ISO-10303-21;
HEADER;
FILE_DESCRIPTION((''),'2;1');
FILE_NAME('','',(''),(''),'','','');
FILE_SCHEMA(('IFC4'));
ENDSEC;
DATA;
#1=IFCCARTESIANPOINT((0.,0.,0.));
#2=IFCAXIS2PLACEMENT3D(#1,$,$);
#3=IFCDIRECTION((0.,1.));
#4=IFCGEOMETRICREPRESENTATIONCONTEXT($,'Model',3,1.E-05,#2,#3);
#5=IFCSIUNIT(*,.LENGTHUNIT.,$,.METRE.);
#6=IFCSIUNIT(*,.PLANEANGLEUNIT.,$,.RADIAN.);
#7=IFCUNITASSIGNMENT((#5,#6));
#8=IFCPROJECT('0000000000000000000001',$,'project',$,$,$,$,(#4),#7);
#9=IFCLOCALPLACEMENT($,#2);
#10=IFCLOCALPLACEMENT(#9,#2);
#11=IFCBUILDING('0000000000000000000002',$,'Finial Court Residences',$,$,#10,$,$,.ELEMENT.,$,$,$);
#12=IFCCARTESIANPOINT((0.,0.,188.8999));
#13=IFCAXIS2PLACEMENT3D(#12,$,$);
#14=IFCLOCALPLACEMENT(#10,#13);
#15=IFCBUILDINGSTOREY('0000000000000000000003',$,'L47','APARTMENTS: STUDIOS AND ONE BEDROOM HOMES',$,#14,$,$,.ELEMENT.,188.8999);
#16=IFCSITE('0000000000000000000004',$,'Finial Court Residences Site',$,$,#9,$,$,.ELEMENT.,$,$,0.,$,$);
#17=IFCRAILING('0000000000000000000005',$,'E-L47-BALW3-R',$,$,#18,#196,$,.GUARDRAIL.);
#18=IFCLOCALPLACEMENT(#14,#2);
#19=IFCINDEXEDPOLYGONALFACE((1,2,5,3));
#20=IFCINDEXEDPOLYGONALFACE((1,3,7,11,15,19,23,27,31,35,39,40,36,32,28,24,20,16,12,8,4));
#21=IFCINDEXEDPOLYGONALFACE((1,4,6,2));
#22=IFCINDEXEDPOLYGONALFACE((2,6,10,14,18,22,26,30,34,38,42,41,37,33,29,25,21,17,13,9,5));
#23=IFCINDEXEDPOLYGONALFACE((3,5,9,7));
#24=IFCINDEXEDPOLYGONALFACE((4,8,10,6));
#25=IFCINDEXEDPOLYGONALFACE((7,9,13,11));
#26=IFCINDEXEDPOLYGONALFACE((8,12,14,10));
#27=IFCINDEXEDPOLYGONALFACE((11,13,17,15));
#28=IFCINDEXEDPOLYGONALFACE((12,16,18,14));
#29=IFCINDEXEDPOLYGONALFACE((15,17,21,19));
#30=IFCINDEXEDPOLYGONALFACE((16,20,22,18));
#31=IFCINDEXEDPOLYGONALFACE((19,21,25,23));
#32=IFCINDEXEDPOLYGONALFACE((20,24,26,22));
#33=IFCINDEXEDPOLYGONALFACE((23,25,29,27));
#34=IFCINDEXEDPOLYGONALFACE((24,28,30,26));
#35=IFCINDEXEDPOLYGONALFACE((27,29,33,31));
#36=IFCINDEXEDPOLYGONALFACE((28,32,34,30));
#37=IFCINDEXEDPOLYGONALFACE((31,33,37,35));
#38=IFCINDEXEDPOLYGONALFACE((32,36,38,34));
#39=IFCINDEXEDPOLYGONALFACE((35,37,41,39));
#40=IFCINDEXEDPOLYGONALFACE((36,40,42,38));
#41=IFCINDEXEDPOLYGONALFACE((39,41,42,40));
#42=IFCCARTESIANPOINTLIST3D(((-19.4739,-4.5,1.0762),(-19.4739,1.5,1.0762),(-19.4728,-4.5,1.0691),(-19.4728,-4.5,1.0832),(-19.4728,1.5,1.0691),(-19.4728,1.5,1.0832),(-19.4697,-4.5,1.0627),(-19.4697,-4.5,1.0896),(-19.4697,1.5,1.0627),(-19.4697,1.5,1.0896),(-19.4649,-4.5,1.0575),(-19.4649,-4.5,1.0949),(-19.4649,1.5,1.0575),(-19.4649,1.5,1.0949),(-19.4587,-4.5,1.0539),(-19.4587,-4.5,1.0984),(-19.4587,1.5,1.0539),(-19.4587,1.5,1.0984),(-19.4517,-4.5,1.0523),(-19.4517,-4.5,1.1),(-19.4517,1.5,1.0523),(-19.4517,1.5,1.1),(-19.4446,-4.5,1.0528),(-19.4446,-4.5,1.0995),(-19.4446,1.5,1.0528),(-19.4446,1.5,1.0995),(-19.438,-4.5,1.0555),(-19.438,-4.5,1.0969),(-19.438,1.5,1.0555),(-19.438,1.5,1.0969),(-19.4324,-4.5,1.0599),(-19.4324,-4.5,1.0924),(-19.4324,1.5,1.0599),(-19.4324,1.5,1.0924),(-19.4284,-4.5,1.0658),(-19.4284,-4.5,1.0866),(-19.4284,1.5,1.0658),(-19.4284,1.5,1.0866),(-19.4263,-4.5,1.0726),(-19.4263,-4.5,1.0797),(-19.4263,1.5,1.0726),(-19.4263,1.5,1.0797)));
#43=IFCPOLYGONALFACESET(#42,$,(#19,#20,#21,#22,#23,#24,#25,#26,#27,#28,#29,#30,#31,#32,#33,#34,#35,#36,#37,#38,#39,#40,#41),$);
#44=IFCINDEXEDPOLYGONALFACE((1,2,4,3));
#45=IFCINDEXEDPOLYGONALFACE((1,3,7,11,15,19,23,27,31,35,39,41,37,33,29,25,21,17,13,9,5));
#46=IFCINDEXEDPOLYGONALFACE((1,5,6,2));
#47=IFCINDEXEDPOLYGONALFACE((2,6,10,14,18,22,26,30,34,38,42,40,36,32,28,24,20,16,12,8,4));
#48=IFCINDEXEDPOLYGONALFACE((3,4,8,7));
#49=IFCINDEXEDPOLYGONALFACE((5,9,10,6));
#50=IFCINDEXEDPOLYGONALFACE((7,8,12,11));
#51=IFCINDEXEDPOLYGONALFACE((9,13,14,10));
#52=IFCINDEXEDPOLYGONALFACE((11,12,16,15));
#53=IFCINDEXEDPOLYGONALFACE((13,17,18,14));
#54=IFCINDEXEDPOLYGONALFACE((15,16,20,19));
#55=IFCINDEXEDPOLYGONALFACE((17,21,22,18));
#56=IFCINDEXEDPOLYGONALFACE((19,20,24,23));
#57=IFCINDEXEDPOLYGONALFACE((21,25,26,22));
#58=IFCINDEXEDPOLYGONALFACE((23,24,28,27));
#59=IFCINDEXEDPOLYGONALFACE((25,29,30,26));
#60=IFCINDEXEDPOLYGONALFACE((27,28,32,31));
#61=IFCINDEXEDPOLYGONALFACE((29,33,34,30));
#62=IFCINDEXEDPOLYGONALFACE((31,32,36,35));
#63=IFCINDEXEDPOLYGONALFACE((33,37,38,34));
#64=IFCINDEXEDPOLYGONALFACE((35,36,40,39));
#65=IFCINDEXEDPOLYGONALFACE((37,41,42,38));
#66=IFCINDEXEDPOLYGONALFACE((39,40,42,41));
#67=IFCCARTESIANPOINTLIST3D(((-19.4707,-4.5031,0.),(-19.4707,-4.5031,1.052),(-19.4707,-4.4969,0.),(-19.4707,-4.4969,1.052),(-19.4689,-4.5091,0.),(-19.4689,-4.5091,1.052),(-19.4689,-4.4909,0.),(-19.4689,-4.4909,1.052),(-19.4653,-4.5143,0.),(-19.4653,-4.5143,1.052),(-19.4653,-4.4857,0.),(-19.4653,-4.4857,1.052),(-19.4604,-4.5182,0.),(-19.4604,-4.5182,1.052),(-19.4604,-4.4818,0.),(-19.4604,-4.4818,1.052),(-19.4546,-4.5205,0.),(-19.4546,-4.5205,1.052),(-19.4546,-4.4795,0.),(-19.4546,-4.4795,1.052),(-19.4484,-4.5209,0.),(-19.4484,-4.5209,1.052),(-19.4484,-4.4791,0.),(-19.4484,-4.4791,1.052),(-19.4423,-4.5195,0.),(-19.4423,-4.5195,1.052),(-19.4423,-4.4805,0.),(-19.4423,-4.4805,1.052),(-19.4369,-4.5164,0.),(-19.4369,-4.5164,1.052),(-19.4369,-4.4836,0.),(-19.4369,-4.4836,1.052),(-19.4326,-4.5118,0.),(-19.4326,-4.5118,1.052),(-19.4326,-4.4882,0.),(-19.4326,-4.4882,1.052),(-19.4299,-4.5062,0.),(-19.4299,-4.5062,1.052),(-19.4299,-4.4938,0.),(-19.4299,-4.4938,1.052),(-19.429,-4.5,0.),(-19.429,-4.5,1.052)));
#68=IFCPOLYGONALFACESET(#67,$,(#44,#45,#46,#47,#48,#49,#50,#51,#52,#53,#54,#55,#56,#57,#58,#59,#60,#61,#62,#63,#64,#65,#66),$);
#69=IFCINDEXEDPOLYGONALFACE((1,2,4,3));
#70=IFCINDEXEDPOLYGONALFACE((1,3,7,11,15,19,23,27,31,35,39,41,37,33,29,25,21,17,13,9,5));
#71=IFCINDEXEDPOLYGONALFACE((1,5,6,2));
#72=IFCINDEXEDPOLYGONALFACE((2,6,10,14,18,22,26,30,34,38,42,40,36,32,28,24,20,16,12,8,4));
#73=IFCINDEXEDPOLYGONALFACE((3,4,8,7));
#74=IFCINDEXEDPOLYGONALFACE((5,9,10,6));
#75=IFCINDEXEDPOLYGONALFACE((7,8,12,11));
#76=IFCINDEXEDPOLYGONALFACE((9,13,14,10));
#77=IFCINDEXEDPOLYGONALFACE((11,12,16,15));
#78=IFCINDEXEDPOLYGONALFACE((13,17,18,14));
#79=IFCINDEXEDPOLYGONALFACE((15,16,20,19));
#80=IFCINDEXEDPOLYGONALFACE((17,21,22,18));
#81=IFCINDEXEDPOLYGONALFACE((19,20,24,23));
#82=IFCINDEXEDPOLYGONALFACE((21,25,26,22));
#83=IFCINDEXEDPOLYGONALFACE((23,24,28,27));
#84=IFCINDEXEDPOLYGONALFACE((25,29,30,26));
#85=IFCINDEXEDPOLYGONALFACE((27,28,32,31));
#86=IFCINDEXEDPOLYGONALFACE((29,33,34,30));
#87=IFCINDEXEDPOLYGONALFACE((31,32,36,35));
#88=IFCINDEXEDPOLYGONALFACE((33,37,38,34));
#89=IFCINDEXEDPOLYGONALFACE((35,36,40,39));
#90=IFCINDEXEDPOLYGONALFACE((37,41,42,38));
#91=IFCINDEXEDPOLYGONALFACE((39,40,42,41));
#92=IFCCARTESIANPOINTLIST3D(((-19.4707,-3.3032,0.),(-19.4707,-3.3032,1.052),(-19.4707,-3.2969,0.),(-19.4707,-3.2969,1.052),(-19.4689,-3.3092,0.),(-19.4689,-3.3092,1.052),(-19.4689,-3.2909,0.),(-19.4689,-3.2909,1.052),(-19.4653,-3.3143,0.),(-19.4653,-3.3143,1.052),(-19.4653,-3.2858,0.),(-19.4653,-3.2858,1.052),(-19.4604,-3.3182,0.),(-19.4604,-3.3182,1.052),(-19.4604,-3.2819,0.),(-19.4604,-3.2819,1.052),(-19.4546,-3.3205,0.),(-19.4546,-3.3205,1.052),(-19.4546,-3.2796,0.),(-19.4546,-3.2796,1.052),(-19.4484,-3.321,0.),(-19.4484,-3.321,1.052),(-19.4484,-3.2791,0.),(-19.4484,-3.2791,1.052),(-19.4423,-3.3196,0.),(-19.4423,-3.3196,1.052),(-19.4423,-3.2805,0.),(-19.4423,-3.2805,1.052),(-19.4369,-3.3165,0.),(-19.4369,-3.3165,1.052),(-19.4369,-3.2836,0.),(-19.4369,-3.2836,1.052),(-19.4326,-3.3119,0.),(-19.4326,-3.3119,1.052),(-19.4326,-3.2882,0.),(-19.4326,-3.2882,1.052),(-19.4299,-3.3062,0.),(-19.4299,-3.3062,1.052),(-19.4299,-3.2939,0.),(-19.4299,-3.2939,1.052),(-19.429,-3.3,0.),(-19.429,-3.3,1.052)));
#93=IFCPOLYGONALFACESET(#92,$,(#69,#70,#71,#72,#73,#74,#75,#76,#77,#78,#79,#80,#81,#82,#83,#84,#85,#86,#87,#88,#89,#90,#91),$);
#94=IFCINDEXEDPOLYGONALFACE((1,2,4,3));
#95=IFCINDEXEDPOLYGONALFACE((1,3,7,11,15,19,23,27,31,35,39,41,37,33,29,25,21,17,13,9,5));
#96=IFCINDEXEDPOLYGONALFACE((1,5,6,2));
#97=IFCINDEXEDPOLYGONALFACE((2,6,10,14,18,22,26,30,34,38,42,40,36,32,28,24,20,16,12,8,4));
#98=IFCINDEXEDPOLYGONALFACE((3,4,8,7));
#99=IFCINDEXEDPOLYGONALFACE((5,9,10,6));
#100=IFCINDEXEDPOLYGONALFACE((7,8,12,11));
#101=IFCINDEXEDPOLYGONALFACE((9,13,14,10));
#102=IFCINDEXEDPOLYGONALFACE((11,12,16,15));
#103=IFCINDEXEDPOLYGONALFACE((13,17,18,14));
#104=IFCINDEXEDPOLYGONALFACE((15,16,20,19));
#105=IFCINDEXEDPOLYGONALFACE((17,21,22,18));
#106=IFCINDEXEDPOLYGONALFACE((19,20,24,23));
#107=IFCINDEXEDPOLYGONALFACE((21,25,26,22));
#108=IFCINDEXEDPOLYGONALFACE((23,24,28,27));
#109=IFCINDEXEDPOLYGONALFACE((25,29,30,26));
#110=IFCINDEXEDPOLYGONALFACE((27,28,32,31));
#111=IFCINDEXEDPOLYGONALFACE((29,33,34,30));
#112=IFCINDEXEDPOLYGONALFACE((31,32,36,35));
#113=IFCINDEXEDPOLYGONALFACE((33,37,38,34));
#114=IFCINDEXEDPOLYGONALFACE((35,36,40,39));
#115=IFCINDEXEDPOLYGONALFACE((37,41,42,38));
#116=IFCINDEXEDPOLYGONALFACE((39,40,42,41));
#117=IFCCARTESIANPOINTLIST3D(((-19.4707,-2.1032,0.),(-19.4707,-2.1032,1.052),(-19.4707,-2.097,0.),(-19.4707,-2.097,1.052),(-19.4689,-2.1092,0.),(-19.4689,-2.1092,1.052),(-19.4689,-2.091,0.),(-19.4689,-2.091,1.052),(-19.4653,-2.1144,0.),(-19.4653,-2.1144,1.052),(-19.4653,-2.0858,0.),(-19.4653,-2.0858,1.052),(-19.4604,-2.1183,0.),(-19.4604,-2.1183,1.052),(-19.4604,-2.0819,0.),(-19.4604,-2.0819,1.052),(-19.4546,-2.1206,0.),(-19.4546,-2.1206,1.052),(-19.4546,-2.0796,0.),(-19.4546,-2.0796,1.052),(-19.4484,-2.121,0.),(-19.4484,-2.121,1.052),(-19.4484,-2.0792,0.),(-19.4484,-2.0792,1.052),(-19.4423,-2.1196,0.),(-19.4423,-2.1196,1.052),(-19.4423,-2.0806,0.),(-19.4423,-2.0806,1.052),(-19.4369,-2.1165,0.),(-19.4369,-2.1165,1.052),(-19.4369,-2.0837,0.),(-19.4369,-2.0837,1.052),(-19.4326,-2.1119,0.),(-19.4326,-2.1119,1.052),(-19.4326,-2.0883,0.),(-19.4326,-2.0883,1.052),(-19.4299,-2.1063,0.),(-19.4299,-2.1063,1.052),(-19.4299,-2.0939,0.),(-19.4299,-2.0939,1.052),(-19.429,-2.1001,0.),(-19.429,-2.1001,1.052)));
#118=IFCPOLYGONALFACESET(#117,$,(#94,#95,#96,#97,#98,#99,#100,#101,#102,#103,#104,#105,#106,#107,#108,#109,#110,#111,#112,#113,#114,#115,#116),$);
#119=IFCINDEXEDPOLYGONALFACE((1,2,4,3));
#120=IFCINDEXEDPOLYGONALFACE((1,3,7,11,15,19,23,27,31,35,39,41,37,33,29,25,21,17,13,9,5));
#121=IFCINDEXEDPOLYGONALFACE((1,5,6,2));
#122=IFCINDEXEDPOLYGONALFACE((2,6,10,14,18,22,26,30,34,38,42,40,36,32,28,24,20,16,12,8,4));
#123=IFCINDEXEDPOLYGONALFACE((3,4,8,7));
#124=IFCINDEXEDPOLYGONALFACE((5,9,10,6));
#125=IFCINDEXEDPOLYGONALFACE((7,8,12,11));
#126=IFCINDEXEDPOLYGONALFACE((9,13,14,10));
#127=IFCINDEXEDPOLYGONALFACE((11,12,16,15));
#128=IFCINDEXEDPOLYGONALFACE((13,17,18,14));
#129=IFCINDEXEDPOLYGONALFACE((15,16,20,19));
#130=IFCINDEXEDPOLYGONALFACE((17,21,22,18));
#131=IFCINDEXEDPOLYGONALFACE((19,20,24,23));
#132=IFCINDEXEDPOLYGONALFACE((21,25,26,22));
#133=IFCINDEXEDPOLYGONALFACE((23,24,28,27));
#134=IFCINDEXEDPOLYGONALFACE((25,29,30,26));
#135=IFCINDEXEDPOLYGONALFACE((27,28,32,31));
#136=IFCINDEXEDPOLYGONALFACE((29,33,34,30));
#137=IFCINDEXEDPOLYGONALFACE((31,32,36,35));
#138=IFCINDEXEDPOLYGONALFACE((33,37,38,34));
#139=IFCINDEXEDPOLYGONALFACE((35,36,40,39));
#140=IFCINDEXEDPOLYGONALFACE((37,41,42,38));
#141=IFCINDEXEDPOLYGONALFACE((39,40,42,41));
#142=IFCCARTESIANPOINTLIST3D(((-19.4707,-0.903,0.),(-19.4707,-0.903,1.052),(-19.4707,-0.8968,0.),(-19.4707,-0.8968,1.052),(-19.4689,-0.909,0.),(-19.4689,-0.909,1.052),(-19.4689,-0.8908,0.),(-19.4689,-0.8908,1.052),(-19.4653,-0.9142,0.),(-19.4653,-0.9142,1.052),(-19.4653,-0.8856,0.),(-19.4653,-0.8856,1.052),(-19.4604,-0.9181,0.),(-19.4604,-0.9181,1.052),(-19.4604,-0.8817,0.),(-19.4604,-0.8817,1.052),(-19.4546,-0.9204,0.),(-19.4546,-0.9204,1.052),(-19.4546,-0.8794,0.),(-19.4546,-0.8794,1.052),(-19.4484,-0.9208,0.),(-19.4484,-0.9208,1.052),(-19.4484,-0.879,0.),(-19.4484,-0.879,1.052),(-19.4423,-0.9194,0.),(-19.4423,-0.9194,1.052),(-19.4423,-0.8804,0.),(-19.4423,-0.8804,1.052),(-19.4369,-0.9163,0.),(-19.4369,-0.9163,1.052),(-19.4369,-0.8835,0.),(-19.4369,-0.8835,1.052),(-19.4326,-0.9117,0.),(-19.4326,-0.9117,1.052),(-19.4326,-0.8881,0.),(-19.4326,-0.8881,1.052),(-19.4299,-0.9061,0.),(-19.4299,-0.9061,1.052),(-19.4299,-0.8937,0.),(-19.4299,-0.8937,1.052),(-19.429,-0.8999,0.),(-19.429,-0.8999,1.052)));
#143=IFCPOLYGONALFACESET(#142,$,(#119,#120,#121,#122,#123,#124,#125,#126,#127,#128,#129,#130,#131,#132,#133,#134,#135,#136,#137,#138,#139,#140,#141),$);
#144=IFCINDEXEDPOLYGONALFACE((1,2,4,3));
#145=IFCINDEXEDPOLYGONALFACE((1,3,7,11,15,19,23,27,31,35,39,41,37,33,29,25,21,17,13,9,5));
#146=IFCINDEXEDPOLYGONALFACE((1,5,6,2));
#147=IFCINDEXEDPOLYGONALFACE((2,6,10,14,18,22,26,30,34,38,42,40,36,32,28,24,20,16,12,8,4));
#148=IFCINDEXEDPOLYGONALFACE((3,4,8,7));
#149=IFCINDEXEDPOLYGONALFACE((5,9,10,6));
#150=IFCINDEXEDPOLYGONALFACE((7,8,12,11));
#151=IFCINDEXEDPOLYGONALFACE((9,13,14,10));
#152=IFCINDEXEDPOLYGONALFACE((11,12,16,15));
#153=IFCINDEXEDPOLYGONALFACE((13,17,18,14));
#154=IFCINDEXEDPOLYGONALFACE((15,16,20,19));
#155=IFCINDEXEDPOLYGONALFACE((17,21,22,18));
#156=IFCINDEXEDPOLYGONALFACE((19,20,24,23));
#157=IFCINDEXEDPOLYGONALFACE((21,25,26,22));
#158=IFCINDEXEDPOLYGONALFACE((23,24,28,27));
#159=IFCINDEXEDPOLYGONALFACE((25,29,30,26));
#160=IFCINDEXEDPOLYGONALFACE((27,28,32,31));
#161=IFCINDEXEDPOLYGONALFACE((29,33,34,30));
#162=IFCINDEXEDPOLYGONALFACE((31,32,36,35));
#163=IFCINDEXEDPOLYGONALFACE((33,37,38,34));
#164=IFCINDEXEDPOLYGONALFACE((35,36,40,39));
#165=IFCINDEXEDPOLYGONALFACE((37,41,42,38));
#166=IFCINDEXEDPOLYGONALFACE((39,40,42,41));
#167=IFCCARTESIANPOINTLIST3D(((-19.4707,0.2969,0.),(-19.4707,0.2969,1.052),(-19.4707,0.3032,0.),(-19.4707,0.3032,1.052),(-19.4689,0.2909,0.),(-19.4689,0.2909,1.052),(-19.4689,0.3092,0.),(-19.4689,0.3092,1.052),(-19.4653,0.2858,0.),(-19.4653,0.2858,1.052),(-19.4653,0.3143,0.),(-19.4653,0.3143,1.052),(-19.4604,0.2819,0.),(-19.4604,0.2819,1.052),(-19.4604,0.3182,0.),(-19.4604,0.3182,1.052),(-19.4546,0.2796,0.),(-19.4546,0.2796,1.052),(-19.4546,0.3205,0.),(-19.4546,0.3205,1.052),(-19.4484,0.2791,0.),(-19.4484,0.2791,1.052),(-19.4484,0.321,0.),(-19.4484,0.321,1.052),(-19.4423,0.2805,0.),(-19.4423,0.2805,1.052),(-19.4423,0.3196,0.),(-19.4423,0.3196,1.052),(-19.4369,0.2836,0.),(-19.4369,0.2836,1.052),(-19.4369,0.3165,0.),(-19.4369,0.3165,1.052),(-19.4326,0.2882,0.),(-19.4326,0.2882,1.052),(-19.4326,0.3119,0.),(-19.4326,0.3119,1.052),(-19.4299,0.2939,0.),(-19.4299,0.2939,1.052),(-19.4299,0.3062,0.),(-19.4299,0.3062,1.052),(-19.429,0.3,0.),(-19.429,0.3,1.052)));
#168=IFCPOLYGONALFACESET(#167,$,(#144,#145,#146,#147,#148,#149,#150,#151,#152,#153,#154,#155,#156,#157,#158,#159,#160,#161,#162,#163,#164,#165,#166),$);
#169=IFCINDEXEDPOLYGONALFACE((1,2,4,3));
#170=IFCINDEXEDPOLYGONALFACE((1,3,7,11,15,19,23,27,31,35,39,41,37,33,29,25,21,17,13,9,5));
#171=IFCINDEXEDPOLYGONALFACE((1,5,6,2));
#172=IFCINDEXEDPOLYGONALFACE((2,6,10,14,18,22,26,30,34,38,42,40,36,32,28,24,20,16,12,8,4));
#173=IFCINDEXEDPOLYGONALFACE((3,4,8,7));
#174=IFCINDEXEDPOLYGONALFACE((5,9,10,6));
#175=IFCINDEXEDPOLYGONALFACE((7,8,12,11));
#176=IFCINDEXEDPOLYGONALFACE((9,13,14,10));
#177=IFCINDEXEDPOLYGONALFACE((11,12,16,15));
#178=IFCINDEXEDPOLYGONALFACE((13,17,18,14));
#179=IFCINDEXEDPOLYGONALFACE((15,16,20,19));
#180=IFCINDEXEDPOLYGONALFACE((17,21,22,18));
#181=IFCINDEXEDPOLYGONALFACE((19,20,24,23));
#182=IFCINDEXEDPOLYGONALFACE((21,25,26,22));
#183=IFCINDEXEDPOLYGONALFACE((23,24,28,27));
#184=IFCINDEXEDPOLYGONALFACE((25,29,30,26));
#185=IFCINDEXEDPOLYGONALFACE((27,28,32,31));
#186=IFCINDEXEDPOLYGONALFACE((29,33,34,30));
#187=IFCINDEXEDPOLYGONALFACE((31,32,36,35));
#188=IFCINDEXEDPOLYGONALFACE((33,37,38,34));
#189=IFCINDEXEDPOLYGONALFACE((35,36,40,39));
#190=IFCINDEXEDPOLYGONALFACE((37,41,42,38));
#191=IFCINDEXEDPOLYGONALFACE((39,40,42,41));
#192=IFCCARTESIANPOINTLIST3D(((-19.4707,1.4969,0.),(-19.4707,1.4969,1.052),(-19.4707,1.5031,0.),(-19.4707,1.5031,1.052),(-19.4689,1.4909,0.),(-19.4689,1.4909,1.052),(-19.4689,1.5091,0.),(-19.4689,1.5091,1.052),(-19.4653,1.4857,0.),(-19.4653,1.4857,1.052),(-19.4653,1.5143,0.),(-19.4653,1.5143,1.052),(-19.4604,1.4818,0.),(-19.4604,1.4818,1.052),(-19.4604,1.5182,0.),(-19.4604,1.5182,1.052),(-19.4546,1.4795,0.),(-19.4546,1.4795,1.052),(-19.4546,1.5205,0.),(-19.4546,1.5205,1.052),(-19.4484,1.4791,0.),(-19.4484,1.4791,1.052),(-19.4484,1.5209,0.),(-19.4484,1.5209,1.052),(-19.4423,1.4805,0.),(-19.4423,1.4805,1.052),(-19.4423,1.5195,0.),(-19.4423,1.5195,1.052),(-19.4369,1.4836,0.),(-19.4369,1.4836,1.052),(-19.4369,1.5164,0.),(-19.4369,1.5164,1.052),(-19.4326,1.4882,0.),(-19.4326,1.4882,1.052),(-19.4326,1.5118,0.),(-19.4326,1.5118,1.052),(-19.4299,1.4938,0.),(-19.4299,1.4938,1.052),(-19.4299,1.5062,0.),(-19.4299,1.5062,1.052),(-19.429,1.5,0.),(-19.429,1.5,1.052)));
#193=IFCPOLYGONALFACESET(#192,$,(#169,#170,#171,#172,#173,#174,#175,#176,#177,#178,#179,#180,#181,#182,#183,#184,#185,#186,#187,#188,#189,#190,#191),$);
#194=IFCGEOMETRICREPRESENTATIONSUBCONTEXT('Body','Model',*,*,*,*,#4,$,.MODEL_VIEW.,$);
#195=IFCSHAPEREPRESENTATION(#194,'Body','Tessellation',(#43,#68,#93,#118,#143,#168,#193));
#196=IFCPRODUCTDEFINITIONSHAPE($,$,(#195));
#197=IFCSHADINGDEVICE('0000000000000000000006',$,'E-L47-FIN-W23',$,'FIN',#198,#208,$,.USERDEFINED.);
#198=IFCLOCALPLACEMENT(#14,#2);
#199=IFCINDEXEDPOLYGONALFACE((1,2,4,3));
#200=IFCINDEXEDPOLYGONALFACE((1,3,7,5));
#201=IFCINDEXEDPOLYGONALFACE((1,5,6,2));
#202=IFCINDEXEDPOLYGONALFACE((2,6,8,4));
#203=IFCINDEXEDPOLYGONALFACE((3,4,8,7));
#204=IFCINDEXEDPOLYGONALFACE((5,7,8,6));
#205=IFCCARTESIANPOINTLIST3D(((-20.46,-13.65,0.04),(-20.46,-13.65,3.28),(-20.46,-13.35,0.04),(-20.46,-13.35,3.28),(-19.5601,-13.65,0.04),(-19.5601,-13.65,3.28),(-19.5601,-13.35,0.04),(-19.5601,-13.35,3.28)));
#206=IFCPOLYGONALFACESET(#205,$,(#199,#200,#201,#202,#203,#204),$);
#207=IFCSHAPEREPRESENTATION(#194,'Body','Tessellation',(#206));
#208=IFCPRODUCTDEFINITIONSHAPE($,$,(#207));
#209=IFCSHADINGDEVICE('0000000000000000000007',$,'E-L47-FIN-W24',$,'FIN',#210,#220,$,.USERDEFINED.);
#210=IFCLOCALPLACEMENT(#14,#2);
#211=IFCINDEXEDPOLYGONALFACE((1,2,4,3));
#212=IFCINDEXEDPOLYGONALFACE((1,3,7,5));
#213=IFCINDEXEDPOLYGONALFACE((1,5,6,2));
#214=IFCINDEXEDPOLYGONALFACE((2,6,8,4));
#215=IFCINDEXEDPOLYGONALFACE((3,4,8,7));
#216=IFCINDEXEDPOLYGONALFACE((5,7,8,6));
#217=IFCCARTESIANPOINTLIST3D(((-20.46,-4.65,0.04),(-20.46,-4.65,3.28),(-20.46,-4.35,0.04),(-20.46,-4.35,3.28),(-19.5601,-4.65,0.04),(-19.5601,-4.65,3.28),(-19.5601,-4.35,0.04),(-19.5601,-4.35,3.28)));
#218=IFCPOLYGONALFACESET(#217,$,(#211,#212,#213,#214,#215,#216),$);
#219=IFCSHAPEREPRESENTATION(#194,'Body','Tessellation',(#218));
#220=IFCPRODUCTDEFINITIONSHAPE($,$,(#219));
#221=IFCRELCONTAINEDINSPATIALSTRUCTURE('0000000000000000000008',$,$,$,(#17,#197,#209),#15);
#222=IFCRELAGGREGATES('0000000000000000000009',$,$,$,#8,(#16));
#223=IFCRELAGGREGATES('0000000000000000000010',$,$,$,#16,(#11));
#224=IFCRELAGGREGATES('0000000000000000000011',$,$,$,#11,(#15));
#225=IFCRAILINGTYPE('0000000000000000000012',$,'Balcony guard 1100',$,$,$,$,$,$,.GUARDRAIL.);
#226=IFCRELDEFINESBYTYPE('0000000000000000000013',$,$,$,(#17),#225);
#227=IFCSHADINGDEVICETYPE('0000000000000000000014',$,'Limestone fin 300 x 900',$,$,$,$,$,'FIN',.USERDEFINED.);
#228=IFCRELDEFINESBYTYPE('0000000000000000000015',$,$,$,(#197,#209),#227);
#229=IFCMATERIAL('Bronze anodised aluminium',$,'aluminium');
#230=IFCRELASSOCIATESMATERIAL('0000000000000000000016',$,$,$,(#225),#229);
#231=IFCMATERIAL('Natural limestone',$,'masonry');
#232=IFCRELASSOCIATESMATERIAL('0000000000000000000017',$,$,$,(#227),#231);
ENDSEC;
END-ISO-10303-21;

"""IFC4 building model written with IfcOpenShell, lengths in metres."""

from ifc_helpers import new_model, si_unit, direction, frame, origin, origin_2d, place, context, subcontext, project, spatial, rectangle, circle, extrude, material, type_object, element, save


model = new_model("IFC4")

# Units and contexts
model_context = context("Model", 3, precision=1e-05, world=origin(), true_north=direction((0.0, 1.0)))
body_context = subcontext(model_context, "Body", "Model", "MODEL_VIEW")
ifc_project = project(units=[si_unit("LENGTHUNIT", "METRE"), si_unit("PLANEANGLEUNIT", "RADIAN")], contexts=[model_context])

# Site, building, storey
site_placement = place(None, origin())
site = spatial("IfcSite", under=ifc_project, at=site_placement, Name="Finial Court Residences Site", CompositionType="ELEMENT", RefElevation=0.0)
building_placement = place(site_placement, origin())
building = spatial("IfcBuilding", under=site, at=building_placement, Name="Finial Court Residences", CompositionType="ELEMENT")
storey_placement = place(building_placement, frame((0.0, 0.0, 188.8999)))
storey = spatial("IfcBuildingStorey", under=building, at=storey_placement, Name="L47", Description="APARTMENTS: STUDIOS AND ONE BEDROOM HOMES", CompositionType="ELEMENT", Elevation=188.8999)

# Shared definitions
ifc_material_1 = material(Name="Bronze anodised aluminium", Category="aluminium")

# Shared definitions
ifc_material_2 = material(Name="Natural limestone", Category="masonry")

# Railing
railing_type = type_object("IfcRailingType", Name="Balcony guard 1100", PredefinedType="GUARDRAIL", material=ifc_material_1)
railing_1_placement = place(storey_placement, frame((-19.45, -4.5, 0.0)))
element("IfcRailing", 1, at=railing_1_placement, inside=storey, type_object=railing_type, Name="E-L47-BALW3-R", PredefinedType="GUARDRAIL", context=body_context, shape_type="SweptSolid", body=[
    extrude(circle(Radius=0.0239, at=origin_2d()), frame((0.0, 0.0, 1.0762), z_axis=(0.0, 1.0, 0.0), x_axis=(-1.0, 0.0, 0.0)), (0.0, 0.0, 1.0), 6.0),
    extrude(circle(Radius=0.021, at=origin_2d()), origin(), (0.0, 0.0, 1.0), 1.052),
    extrude(circle(Radius=0.021, at=origin_2d()), frame((0.0, 1.2, 0.0)), (0.0, 0.0, 1.0), 1.052),
    extrude(circle(Radius=0.021, at=origin_2d()), frame((0.0, 2.3999, 0.0)), (0.0, 0.0, 1.0), 1.052),
    extrude(circle(Radius=0.021, at=origin_2d()), frame((0.0, 3.6001, 0.0)), (0.0, 0.0, 1.0), 1.052),
    extrude(circle(Radius=0.021, at=origin_2d()), frame((0.0, 4.8, 0.0)), (0.0, 0.0, 1.0), 1.052),
    extrude(circle(Radius=0.021, at=origin_2d()), frame((0.0, 6.0, 0.0)), (0.0, 0.0, 1.0), 1.052),
])

# Shading devices
shading_device_type = type_object("IfcShadingDeviceType", Name="Limestone fin 300 x 900", ElementType="FIN", PredefinedType="USERDEFINED", material=ifc_material_2)
for number, where, z_axis, x_axis, name in (
    (2, (-20.01, -13.5, 0.04), (0.0, 0.0, 1.0), (1.0, 0.0, 0.0), "E-L47-FIN-W23"),
    (3, (-20.01, -4.5, 0.04), (0.0, 0.0, 1.0), (1.0, 0.0, 0.0), "E-L47-FIN-W24"),
):
    element("IfcShadingDevice", number, at=place(storey_placement, frame(where, z_axis=z_axis, x_axis=x_axis)), inside=storey, type_object=shading_device_type, Name=name, ObjectType="FIN", PredefinedType="USERDEFINED", context=body_context, shape_type="SweptSolid", body=[
        extrude(rectangle(XDim=0.8999, YDim=0.3, at=origin_2d()), origin(), (0.0, 0.0, 1.0), 3.24),
    ])

save(model, "model.ifc")
